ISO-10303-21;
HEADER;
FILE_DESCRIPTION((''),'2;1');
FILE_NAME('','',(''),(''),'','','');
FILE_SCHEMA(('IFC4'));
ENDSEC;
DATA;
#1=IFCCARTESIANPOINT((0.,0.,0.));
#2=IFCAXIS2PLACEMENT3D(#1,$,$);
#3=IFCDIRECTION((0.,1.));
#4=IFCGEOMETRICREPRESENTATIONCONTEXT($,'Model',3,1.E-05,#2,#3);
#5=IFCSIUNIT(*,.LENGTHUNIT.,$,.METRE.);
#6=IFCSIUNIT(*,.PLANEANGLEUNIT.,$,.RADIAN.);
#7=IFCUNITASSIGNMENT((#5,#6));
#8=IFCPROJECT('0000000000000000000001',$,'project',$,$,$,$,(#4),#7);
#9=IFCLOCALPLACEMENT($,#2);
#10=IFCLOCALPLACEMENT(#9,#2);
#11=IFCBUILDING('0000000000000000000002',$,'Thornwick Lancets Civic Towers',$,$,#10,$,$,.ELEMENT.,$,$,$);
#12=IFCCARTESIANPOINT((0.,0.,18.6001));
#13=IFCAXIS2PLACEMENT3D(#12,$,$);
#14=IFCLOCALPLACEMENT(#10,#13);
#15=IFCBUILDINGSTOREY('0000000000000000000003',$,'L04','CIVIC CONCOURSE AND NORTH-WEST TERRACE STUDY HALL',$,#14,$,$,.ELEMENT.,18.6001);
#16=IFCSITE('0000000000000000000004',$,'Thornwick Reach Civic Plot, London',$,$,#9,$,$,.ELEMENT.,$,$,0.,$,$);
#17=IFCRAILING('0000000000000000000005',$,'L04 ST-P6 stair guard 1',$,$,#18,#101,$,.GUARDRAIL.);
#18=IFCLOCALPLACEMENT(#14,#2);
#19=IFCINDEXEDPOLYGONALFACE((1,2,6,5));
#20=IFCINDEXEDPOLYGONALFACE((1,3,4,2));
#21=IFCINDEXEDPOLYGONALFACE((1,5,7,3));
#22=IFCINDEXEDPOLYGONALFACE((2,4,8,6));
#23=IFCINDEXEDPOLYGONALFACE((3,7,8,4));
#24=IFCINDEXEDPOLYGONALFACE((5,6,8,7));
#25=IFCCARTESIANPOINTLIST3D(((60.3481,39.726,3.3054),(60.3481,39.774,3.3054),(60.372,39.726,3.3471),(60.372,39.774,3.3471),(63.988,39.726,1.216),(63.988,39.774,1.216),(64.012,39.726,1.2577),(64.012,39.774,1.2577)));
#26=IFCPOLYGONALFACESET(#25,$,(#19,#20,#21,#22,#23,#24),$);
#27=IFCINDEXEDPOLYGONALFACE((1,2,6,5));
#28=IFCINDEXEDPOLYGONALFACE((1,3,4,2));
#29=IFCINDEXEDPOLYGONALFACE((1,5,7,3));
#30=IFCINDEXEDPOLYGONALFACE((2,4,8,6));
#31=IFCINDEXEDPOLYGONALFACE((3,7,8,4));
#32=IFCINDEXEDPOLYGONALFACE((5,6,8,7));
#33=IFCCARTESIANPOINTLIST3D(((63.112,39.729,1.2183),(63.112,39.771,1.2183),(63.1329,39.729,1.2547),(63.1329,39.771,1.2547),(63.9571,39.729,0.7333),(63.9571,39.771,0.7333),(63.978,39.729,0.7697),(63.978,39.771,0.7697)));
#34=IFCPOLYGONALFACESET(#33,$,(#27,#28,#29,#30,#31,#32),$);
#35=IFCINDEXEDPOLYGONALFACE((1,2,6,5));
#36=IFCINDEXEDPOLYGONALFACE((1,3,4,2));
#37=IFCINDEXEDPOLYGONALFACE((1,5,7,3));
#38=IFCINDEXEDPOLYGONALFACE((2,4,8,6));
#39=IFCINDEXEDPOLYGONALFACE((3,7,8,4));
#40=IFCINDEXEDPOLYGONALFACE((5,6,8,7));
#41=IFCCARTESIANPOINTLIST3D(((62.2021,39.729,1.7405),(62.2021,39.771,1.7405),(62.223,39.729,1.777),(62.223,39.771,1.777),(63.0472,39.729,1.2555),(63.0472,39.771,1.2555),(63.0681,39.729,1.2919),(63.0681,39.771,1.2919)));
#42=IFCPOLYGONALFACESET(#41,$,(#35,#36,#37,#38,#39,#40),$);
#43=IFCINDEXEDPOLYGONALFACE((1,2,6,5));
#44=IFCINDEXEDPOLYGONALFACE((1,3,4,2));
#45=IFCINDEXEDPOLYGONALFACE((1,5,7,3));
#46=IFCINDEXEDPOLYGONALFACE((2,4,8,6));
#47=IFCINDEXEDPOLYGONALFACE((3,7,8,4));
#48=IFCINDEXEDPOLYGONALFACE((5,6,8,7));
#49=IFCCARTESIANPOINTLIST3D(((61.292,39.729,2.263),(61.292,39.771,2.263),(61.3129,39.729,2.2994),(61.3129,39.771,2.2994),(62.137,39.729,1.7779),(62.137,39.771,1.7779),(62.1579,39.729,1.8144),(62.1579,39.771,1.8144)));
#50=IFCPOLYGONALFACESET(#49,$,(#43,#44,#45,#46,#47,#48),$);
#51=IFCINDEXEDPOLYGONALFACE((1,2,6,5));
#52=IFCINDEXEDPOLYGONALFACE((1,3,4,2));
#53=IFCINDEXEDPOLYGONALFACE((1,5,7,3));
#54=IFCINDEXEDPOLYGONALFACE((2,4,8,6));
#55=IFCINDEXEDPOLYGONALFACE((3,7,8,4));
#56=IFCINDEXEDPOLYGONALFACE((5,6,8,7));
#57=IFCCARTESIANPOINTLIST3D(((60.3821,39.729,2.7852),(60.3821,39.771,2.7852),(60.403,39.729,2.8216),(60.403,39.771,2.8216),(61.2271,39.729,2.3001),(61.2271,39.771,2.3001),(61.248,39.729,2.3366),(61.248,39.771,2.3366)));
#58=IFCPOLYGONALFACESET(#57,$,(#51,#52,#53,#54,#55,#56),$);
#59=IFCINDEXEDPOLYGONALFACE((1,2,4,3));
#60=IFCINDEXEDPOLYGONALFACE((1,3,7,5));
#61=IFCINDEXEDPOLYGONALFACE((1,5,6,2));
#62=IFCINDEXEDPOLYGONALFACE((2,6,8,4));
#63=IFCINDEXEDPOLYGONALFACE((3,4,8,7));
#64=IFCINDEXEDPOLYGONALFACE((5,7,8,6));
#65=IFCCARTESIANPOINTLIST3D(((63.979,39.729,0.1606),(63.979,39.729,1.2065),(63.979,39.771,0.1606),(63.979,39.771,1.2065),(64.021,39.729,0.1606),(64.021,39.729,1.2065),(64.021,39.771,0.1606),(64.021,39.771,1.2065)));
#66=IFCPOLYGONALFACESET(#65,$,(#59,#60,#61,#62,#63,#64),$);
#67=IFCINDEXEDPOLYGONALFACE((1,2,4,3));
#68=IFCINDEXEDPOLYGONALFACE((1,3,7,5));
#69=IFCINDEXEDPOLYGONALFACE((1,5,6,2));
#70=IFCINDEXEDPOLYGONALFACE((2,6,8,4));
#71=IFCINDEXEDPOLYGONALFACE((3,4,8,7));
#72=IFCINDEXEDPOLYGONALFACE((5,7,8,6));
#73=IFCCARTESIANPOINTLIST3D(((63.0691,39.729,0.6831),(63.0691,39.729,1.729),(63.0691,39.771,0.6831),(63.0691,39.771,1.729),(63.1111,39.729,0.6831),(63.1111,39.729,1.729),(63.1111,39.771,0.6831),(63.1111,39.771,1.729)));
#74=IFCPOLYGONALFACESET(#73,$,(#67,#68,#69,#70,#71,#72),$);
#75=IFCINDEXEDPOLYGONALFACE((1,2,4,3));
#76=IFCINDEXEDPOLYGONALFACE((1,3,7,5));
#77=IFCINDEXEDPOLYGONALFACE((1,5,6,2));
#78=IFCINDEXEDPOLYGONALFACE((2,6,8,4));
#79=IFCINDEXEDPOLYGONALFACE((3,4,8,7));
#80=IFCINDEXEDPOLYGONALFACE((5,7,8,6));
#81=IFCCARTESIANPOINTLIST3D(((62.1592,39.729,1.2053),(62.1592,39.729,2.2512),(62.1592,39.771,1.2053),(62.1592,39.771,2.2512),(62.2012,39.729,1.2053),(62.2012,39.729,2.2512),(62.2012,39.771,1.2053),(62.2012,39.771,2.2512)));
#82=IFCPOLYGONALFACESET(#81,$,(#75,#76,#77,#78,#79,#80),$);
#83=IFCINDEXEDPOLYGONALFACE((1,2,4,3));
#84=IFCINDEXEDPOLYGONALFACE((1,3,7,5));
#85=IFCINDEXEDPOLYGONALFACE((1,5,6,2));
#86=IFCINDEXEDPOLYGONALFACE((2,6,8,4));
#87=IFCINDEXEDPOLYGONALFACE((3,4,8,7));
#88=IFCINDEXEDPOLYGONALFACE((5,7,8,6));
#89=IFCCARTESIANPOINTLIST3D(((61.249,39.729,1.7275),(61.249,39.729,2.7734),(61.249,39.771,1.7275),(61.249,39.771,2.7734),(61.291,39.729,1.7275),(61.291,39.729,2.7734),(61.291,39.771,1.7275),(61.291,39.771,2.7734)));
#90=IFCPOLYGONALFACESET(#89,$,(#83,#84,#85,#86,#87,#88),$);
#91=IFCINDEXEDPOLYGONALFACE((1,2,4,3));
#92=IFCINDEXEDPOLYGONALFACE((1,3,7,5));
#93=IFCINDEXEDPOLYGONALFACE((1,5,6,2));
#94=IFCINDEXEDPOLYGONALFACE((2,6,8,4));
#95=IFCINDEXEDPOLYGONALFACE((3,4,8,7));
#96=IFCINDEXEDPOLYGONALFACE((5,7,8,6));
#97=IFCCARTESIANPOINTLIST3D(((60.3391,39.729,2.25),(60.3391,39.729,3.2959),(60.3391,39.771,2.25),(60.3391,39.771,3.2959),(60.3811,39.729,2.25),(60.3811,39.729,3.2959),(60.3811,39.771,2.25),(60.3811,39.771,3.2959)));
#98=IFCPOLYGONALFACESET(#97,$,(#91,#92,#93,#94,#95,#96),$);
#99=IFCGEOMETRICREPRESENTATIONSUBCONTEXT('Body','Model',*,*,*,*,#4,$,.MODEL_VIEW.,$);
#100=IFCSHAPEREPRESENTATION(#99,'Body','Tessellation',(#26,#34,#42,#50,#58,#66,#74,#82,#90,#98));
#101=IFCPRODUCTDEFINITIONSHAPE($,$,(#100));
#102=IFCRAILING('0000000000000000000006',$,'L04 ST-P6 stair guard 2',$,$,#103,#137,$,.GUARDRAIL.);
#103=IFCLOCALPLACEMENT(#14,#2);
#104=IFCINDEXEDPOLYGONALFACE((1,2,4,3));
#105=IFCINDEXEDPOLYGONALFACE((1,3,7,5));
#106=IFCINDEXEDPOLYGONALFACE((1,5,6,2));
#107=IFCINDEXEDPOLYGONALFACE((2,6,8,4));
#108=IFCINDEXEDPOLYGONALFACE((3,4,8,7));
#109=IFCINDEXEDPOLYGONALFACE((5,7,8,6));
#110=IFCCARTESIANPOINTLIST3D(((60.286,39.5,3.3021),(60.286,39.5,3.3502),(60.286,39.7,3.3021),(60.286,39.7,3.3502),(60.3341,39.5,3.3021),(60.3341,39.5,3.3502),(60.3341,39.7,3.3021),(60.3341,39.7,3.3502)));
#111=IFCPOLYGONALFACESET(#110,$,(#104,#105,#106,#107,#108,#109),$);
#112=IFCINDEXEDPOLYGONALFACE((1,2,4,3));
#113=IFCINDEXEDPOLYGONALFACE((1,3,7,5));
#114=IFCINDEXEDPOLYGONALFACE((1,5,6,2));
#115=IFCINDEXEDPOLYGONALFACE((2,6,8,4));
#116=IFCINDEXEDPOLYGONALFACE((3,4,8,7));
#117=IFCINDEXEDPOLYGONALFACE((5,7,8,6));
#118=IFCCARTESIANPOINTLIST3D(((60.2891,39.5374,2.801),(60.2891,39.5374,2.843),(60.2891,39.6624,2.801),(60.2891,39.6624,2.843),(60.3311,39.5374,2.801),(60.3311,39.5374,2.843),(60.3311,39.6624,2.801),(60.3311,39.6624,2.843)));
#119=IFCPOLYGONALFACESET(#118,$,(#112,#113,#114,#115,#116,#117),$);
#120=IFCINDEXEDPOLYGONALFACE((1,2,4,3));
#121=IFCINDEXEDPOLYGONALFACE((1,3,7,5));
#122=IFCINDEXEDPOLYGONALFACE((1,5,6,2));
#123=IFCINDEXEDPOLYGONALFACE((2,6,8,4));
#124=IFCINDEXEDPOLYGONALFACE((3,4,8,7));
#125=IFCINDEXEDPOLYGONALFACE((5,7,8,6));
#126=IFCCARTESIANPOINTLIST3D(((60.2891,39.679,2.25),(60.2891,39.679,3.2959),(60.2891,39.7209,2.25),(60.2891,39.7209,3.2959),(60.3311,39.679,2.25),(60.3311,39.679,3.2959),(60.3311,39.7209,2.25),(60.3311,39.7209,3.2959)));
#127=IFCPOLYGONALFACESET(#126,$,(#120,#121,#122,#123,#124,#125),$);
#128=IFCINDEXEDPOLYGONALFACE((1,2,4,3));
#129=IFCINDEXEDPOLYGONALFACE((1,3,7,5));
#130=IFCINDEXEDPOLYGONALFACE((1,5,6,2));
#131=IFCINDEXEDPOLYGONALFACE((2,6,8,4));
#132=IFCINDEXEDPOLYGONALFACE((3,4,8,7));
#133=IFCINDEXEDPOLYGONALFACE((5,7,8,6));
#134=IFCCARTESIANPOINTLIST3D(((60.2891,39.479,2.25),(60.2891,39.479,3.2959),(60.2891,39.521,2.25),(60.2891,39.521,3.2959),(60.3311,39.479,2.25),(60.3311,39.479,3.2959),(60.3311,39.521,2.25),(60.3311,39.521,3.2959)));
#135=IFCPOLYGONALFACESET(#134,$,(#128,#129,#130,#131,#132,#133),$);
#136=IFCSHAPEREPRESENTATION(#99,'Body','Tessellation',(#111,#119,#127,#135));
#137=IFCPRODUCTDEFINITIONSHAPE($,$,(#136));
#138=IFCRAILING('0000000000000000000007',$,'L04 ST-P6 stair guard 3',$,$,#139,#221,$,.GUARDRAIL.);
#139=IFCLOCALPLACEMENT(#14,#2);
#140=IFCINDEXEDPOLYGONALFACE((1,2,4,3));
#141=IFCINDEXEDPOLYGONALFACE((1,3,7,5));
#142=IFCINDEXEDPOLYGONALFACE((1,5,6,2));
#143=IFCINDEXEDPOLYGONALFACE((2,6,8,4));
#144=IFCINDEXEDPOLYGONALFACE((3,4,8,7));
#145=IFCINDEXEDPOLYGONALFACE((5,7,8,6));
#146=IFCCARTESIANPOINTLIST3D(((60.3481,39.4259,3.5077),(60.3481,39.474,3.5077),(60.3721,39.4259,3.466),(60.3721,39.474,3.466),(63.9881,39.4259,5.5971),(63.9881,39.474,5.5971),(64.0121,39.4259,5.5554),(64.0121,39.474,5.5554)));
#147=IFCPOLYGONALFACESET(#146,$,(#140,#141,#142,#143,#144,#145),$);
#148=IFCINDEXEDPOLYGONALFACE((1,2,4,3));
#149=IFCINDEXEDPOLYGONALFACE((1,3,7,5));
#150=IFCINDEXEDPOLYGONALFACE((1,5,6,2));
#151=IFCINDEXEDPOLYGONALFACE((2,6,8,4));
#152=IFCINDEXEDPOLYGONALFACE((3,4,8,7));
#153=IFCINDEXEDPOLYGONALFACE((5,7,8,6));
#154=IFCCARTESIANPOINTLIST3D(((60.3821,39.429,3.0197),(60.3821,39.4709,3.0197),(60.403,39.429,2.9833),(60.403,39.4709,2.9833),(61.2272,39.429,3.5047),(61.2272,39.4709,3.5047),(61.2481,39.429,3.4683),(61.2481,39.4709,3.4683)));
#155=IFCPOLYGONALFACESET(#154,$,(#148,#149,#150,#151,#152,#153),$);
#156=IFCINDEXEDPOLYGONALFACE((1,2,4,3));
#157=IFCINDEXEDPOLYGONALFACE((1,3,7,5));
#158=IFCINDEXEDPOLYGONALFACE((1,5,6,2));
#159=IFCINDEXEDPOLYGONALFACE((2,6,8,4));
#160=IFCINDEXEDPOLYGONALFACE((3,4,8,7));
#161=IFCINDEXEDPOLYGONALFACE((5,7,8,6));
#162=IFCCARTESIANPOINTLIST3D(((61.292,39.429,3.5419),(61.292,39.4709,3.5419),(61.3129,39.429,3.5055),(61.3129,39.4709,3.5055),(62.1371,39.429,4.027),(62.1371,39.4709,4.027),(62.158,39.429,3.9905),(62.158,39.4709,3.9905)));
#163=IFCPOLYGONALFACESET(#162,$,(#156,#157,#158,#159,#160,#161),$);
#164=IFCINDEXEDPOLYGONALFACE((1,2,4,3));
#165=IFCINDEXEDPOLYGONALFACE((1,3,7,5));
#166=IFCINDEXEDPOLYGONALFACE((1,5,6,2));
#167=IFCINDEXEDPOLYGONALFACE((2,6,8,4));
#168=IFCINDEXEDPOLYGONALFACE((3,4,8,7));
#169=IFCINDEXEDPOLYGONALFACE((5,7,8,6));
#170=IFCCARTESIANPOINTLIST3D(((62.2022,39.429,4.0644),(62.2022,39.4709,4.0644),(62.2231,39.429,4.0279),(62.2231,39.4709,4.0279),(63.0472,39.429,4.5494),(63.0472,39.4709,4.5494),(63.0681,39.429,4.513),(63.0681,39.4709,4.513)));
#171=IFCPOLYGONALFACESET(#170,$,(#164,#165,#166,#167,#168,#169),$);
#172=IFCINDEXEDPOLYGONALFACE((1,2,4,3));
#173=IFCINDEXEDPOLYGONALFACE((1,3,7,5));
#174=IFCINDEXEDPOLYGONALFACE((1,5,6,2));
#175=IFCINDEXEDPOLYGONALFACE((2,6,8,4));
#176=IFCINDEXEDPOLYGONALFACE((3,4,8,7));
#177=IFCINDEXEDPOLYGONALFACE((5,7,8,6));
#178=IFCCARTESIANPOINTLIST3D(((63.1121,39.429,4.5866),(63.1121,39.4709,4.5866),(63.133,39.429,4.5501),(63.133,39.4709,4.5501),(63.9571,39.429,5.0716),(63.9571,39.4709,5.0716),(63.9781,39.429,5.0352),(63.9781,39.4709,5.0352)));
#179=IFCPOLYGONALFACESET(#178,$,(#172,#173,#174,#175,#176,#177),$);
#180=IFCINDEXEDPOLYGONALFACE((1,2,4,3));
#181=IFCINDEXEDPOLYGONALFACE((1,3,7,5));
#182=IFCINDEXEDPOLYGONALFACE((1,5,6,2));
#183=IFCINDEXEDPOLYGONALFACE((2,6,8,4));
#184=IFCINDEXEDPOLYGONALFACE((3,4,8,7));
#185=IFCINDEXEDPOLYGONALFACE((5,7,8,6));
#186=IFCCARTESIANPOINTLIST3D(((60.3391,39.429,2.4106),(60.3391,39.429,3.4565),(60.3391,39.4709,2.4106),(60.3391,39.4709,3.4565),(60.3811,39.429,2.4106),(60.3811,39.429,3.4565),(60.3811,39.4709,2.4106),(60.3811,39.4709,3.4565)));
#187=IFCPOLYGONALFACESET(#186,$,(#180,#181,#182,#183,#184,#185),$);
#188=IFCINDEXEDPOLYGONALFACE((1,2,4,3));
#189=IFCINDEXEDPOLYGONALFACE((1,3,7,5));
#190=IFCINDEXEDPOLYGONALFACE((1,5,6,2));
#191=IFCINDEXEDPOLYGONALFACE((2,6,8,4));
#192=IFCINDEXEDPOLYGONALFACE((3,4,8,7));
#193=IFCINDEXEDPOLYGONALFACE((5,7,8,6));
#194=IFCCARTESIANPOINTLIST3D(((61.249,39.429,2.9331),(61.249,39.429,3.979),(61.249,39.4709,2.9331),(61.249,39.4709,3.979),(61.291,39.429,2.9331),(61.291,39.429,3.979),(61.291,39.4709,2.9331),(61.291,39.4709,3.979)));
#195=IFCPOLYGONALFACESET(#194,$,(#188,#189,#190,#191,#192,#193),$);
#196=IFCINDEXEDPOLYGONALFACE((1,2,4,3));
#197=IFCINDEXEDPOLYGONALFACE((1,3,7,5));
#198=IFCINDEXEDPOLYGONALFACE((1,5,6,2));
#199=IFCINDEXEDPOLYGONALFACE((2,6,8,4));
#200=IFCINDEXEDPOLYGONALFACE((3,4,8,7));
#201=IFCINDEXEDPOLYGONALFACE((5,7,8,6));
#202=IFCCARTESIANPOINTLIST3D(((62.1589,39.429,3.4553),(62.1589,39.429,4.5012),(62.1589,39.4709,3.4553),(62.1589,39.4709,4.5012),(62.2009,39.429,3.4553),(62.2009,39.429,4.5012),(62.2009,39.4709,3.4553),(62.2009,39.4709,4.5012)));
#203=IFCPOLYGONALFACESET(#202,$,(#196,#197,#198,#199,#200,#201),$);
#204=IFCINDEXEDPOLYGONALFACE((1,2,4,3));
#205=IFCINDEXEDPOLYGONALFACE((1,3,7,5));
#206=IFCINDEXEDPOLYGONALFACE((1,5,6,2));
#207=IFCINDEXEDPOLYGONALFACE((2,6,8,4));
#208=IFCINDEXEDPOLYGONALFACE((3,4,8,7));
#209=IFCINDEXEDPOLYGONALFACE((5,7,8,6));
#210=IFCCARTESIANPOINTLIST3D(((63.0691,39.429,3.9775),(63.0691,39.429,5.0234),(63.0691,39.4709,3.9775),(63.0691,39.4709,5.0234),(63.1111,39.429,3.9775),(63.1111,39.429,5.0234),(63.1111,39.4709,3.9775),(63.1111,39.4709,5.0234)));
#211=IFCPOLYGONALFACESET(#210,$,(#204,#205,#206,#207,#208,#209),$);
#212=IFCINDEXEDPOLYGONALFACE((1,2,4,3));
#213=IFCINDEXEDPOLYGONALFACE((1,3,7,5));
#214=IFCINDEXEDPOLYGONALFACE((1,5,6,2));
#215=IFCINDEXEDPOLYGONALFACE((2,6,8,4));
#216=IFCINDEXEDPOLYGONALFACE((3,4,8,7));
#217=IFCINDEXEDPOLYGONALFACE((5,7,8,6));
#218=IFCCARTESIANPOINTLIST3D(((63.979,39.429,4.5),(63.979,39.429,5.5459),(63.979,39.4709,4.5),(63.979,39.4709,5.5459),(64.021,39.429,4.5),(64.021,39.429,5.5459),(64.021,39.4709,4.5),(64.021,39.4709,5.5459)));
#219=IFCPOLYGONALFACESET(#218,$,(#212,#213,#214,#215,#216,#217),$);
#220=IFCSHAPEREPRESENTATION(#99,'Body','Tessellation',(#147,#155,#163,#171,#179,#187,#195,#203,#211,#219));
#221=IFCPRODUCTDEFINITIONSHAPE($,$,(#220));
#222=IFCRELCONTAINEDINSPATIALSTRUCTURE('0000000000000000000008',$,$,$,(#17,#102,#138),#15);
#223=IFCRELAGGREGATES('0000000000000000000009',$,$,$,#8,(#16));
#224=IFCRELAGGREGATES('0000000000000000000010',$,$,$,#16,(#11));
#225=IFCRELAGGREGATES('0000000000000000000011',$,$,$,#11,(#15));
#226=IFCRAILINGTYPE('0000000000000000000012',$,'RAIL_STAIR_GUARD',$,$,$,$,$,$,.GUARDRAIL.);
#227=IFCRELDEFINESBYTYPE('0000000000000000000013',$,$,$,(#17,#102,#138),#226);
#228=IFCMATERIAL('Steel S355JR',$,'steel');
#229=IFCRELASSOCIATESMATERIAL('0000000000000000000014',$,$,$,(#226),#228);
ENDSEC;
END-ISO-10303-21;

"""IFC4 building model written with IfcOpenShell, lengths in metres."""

from ifc_helpers import new_model, si_unit, direction, frame, origin, origin_2d, place, context, subcontext, project, spatial, rectangle, extrude, material, type_object, element, save


model = new_model("IFC4")

# Units and contexts
model_context = context("Model", 3, precision=1e-05, world=origin(), true_north=direction((0.0, 1.0)))
body_context = subcontext(model_context, "Body", "Model", "MODEL_VIEW")
ifc_project = project(units=[si_unit("LENGTHUNIT", "METRE"), si_unit("PLANEANGLEUNIT", "RADIAN")], contexts=[model_context])

# Site, building, storey
site_placement = place(None, origin())
site = spatial("IfcSite", under=ifc_project, at=site_placement, Name="Thornwick Reach Civic Plot, London", CompositionType="ELEMENT", RefElevation=0.0)
building_placement = place(site_placement, origin())
building = spatial("IfcBuilding", under=site, at=building_placement, Name="Thornwick Lancets Civic Towers", CompositionType="ELEMENT")
storey_placement = place(building_placement, frame((0.0, 0.0, 18.6001)))
storey = spatial("IfcBuildingStorey", under=building, at=storey_placement, Name="L04", Description="CIVIC CONCOURSE AND NORTH-WEST TERRACE STUDY HALL", CompositionType="ELEMENT", Elevation=18.6001)

# Shared definitions
ifc_material_1 = material(Name="Steel S355JR", Category="steel")

# Railings
railing_type_1 = type_object("IfcRailingType", Name="RAIL_STAIR_GUARD", PredefinedType="GUARDRAIL", material=ifc_material_1)
railing_1_placement = place(storey_placement, frame((64.0, 39.75, 0.1606)))
element("IfcRailing", 1, at=railing_1_placement, inside=storey, type_object=railing_type_1, Name="L04 ST-P6 stair guard 1", PredefinedType="GUARDRAIL", context=body_context, shape_type="SweptSolid", body=[
    extrude(rectangle(XDim=0.0481, YDim=0.0481, at=origin_2d()), frame((0.0, 0.0, 1.0762), z_axis=(-0.867275, 0.0, 0.497829), x_axis=(0.0, -1.0, 0.0)), (0.0, 0.0, 1.0), 4.197),
    extrude(rectangle(XDim=0.042, YDim=0.042, at=origin_2d()), frame((-0.0325, 0.0, 0.5908), z_axis=(-0.867275, 0.0, 0.497829), x_axis=(0.0, -1.0, 0.0)), (0.0, 0.0, 1.0), 0.9744),
    extrude(rectangle(XDim=0.042, YDim=0.042, at=origin_2d()), frame((-0.9424, 0.0, 1.113), z_axis=(-0.867275, 0.0, 0.497829), x_axis=(0.0, -1.0, 0.0)), (0.0, 0.0, 1.0), 0.9744),
    extrude(rectangle(XDim=0.042, YDim=0.042, at=origin_2d()), frame((-1.8525, 0.0, 1.6355), z_axis=(-0.867275, 0.0, 0.497829), x_axis=(0.0, -1.0, 0.0)), (0.0, 0.0, 1.0), 0.9744),
    extrude(rectangle(XDim=0.042, YDim=0.042, at=origin_2d()), frame((-2.7625, 0.0, 2.1577), z_axis=(-0.867275, 0.0, 0.497829), x_axis=(0.0, -1.0, 0.0)), (0.0, 0.0, 1.0), 0.9744),
    extrude(rectangle(XDim=0.042, YDim=0.042, at=origin_2d()), origin(), (0.0, 0.0, 1.0), 1.0459),
    extrude(rectangle(XDim=0.042, YDim=0.042, at=origin_2d()), frame((-0.9099, 0.0, 0.5225)), (0.0, 0.0, 1.0), 1.0459),
    extrude(rectangle(XDim=0.042, YDim=0.042, at=origin_2d()), frame((-1.8198, 0.0, 1.0447)), (0.0, 0.0, 1.0), 1.0459),
    extrude(rectangle(XDim=0.042, YDim=0.042, at=origin_2d()), frame((-2.73, 0.0, 1.5669)), (0.0, 0.0, 1.0), 1.0459),
    extrude(rectangle(XDim=0.042, YDim=0.042, at=origin_2d()), frame((-3.6399, 0.0, 2.0894)), (0.0, 0.0, 1.0), 1.0459),
])
railing_2_placement = place(storey_placement, frame((60.3101, 39.7, 2.25)))
element("IfcRailing", 2, at=railing_2_placement, inside=storey, type_object=railing_type_1, Name="L04 ST-P6 stair guard 2", PredefinedType="GUARDRAIL", context=body_context, shape_type="SweptSolid", body=[
    extrude(rectangle(XDim=0.0481, YDim=0.0481, at=origin_2d()), frame((0.0, 0.0, 1.0762), z_axis=(0.0, -1.0, 0.0), x_axis=(1.0, 0.0, 0.0)), (0.0, 0.0, 1.0), 0.2),
    extrude(rectangle(XDim=0.042, YDim=0.042, at=origin_2d()), frame((0.0, -0.0376, 0.572), z_axis=(0.0, -1.0, 0.0), x_axis=(1.0, 0.0, 0.0)), (0.0, 0.0, 1.0), 0.125),
    extrude(rectangle(XDim=0.042, YDim=0.042, at=origin_2d()), origin(), (0.0, 0.0, 1.0), 1.0459),
    extrude(rectangle(XDim=0.042, YDim=0.042, at=origin_2d()), frame((0.0, -0.2, 0.0)), (0.0, 0.0, 1.0), 1.0459),
])
railing_3_placement = place(storey_placement, frame((60.3601, 39.45, 2.4106)))
element("IfcRailing", 3, at=railing_3_placement, inside=storey, type_object=railing_type_1, Name="L04 ST-P6 stair guard 3", PredefinedType="GUARDRAIL", context=body_context, shape_type="SweptSolid", body=[
    extrude(rectangle(XDim=0.0481, YDim=0.0481, at=origin_2d()), frame((0.0, 0.0, 1.0762), z_axis=(0.867275, 0.0, 0.497829), x_axis=(0.0, 1.0, 0.0)), (0.0, 0.0, 1.0), 4.197),
    extrude(rectangle(XDim=0.042, YDim=0.042, at=origin_2d()), frame((0.0325, 0.0, 0.5908), z_axis=(0.867275, 0.0, 0.497829), x_axis=(0.0, 1.0, 0.0)), (0.0, 0.0, 1.0), 0.9744),
    extrude(rectangle(XDim=0.042, YDim=0.042, at=origin_2d()), frame((0.9424, 0.0, 1.113), z_axis=(0.867275, 0.0, 0.497829), x_axis=(0.0, 1.0, 0.0)), (0.0, 0.0, 1.0), 0.9744),
    extrude(rectangle(XDim=0.042, YDim=0.042, at=origin_2d()), frame((1.8525, 0.0, 1.6355), z_axis=(0.867275, 0.0, 0.497829), x_axis=(0.0, 1.0, 0.0)), (0.0, 0.0, 1.0), 0.9744),
    extrude(rectangle(XDim=0.042, YDim=0.042, at=origin_2d()), frame((2.7625, 0.0, 2.1577), z_axis=(0.867275, 0.0, 0.497829), x_axis=(0.0, 1.0, 0.0)), (0.0, 0.0, 1.0), 0.9744),
    extrude(rectangle(XDim=0.042, YDim=0.042, at=origin_2d()), origin(), (0.0, 0.0, 1.0), 1.0459),
    extrude(rectangle(XDim=0.042, YDim=0.042, at=origin_2d()), frame((0.9099, 0.0, 0.5225)), (0.0, 0.0, 1.0), 1.0459),
    extrude(rectangle(XDim=0.042, YDim=0.042, at=origin_2d()), frame((1.8198, 0.0, 1.0447)), (0.0, 0.0, 1.0), 1.0459),
    extrude(rectangle(XDim=0.042, YDim=0.042, at=origin_2d()), frame((2.73, 0.0, 1.5669)), (0.0, 0.0, 1.0), 1.0459),
    extrude(rectangle(XDim=0.042, YDim=0.042, at=origin_2d()), frame((3.6399, 0.0, 2.0894)), (0.0, 0.0, 1.0), 1.0459),
])

save(model, "model.ifc")
